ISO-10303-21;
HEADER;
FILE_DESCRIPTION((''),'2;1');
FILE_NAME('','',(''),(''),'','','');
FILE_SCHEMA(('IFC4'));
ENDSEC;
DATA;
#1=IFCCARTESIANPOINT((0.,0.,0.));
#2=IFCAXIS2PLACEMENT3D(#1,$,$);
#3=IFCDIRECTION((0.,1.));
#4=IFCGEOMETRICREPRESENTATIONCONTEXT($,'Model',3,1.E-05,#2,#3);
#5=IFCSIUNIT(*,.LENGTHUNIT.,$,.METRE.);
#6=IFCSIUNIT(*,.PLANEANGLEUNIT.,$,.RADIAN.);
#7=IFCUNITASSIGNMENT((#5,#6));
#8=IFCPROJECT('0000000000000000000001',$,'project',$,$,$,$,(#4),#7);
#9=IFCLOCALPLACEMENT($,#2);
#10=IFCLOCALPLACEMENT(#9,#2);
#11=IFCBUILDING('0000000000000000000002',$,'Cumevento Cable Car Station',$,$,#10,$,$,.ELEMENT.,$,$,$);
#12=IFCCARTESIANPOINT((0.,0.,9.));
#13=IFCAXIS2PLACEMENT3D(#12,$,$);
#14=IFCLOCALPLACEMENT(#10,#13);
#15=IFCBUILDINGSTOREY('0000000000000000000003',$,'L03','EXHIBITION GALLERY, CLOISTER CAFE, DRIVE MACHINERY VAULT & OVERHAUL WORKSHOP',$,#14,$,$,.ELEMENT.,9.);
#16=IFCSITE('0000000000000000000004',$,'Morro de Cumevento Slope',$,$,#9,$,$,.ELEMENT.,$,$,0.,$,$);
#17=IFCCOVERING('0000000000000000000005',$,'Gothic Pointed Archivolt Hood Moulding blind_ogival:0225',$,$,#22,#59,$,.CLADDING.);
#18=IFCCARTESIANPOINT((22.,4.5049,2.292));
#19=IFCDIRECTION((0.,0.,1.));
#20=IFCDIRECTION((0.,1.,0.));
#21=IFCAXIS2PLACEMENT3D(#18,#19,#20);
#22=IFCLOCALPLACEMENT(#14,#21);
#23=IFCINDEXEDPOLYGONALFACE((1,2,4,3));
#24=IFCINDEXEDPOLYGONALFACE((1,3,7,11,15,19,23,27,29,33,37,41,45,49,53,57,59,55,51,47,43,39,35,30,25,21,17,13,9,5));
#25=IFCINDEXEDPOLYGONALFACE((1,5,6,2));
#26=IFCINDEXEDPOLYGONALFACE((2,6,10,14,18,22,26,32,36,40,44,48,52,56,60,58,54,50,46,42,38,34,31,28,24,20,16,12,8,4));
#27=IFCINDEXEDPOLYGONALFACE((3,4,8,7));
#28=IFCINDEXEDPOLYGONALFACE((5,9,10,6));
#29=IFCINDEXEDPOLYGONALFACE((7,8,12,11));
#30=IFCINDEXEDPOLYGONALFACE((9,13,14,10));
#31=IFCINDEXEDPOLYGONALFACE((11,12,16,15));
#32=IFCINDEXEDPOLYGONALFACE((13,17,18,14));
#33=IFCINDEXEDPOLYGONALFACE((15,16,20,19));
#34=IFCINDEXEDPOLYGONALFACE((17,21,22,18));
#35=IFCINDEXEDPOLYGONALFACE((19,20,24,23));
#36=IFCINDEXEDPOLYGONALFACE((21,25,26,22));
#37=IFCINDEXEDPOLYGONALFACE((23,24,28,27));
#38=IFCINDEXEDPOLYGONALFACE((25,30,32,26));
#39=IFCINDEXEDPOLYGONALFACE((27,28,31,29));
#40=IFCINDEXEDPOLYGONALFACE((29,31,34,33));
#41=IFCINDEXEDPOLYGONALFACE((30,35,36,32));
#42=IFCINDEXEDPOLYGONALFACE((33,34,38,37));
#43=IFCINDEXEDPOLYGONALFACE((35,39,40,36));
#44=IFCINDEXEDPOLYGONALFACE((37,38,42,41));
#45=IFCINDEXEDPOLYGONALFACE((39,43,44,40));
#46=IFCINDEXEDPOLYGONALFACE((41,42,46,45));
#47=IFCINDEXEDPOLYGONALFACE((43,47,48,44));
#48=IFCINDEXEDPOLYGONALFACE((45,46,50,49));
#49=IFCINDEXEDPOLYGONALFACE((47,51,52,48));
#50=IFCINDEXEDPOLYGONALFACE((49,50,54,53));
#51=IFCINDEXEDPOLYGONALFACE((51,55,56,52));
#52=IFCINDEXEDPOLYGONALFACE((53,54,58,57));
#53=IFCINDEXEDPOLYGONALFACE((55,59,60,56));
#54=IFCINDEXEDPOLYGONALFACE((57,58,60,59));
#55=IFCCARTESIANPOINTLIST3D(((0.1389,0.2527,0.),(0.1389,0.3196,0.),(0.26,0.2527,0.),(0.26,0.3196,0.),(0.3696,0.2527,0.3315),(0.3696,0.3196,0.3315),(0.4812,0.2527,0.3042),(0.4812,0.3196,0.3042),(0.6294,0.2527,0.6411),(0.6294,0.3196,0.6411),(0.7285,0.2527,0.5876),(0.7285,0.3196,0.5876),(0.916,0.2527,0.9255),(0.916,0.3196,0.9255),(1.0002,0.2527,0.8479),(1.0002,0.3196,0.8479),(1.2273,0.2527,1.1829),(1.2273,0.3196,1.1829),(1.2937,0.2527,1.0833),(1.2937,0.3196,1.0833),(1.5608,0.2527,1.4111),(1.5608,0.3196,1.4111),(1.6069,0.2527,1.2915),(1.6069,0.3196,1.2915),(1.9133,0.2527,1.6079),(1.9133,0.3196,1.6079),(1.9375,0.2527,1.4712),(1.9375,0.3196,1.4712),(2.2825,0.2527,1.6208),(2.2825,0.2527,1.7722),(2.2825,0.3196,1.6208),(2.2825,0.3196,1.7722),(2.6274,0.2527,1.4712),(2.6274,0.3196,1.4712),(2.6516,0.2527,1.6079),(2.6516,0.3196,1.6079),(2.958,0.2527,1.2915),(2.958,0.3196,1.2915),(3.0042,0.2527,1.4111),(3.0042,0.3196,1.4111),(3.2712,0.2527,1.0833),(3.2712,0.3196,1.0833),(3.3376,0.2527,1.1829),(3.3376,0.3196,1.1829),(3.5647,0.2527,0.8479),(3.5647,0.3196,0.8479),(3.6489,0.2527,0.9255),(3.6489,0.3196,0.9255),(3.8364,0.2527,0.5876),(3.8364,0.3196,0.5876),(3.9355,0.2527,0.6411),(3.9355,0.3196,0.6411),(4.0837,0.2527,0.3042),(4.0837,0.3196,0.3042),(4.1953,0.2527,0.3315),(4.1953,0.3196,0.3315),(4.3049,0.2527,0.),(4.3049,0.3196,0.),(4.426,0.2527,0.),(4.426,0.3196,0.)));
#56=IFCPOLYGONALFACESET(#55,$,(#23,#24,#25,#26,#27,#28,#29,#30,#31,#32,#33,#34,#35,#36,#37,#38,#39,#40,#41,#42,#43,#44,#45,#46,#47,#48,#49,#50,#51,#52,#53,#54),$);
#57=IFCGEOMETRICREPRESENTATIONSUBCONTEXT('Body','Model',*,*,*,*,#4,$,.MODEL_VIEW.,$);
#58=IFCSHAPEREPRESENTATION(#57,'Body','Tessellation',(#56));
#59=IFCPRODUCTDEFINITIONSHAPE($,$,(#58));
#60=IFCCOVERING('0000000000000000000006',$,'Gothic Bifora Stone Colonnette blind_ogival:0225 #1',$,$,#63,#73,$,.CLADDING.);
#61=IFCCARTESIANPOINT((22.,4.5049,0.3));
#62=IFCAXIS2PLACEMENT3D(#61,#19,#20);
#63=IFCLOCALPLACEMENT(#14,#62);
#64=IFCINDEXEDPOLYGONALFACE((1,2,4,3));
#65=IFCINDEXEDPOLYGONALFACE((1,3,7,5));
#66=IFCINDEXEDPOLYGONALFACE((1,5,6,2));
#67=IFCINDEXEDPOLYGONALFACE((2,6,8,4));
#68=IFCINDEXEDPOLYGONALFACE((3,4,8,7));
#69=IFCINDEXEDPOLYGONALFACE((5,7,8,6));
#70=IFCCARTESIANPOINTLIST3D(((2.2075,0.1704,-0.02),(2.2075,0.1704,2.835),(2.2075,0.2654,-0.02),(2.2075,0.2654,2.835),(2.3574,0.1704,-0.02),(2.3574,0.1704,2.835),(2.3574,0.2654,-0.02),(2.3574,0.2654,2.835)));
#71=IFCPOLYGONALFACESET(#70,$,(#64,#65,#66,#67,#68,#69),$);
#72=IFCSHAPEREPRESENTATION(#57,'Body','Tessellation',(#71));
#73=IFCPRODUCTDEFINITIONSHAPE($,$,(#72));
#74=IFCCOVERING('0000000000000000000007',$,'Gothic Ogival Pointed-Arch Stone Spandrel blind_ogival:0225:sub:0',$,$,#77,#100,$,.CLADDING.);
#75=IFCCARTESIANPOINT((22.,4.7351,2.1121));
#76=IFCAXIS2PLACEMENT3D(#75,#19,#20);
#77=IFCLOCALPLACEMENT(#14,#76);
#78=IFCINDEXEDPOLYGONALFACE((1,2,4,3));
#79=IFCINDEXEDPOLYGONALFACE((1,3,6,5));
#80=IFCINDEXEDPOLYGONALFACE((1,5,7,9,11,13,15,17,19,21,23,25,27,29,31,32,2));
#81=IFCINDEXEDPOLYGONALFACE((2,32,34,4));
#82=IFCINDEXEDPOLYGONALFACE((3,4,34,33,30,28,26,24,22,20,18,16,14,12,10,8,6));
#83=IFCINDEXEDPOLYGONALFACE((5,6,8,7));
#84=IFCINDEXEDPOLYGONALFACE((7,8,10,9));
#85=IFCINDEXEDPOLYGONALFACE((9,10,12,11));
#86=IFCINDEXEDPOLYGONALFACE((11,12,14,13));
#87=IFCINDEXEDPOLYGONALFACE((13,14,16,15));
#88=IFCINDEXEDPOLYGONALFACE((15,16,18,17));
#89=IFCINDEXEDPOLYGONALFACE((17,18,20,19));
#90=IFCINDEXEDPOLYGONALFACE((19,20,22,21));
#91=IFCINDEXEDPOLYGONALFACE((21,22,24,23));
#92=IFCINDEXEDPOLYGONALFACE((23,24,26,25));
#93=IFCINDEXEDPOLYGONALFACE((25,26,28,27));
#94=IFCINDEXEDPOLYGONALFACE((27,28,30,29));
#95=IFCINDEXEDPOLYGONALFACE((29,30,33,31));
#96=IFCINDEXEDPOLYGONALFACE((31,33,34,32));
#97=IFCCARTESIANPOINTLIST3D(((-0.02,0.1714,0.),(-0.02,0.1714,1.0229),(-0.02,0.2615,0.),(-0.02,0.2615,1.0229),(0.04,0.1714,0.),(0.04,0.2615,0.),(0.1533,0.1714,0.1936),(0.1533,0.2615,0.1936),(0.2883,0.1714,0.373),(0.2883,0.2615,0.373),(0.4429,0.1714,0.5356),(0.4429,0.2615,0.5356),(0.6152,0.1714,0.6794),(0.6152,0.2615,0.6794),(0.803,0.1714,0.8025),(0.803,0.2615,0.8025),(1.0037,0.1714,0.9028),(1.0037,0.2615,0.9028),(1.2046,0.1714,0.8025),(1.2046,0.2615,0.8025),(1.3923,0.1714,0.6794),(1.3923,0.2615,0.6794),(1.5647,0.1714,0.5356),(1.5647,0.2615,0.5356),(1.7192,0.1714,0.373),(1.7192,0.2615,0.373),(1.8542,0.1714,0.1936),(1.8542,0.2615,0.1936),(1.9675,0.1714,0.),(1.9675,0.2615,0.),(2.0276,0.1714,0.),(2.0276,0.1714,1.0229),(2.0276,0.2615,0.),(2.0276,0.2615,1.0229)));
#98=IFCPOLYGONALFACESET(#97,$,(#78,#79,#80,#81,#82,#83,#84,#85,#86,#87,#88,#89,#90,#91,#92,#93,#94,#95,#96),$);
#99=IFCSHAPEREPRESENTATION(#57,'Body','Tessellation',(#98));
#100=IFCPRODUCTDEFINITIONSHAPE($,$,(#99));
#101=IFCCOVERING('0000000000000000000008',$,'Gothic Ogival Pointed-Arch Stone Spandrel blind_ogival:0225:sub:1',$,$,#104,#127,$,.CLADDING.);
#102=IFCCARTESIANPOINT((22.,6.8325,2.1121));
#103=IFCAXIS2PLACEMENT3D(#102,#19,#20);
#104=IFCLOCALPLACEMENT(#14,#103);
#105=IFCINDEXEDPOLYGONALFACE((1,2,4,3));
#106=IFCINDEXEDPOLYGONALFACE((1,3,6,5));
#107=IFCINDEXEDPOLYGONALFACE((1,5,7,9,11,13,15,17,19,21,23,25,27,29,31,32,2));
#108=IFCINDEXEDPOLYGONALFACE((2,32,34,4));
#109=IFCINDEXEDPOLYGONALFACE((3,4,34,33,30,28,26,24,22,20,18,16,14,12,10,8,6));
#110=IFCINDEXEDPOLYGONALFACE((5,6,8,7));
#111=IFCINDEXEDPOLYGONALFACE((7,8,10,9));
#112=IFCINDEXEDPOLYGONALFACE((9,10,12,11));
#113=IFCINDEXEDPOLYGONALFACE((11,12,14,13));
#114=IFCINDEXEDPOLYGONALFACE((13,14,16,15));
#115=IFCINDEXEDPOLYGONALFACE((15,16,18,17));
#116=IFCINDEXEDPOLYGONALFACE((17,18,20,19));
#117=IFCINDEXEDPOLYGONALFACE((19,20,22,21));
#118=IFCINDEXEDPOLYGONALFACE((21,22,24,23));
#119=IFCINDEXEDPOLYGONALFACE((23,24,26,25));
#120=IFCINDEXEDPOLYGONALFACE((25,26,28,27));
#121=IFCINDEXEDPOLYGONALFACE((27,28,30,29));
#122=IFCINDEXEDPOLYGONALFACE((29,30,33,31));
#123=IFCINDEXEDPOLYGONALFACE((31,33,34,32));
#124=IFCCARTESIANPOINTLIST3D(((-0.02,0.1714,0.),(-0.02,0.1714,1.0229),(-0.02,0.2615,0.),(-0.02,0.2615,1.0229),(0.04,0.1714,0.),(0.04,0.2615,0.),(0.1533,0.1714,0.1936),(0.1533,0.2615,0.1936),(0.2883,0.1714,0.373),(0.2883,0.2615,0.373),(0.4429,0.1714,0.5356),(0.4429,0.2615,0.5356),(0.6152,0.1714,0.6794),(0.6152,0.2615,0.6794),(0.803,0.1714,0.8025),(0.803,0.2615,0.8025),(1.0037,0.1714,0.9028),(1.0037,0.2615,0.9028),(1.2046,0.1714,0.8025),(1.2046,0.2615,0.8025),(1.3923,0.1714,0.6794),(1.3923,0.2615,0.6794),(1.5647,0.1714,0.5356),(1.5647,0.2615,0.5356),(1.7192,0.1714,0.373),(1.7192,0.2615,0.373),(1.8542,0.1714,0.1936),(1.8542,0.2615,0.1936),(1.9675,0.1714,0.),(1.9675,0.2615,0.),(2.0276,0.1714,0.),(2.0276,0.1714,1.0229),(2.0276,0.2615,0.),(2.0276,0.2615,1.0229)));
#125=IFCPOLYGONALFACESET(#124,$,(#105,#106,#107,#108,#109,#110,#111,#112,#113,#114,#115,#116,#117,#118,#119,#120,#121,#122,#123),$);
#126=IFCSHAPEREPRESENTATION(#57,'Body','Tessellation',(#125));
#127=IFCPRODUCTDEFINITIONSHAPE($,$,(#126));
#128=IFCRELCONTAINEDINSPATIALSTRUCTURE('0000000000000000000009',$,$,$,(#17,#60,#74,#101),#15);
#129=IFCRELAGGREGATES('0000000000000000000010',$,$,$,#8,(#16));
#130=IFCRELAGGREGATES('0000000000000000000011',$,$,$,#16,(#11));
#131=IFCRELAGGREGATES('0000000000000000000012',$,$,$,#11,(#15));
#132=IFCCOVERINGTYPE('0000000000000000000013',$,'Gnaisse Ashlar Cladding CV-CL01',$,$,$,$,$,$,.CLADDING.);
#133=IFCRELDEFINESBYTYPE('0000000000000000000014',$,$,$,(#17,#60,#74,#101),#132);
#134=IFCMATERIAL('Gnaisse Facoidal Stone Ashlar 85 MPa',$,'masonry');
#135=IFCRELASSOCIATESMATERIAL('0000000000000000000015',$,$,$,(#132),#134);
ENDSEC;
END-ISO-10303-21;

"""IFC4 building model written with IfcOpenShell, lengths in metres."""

from ifc_helpers import new_model, si_unit, direction, frame, origin, place, context, subcontext, project, spatial, polyline, outline, extrude, material, type_object, element, save


model = new_model("IFC4")

# Units and contexts
model_context = context("Model", 3, precision=1e-05, world=origin(), true_north=direction((0.0, 1.0)))
body_context = subcontext(model_context, "Body", "Model", "MODEL_VIEW")
ifc_project = project(units=[si_unit("LENGTHUNIT", "METRE"), si_unit("PLANEANGLEUNIT", "RADIAN")], contexts=[model_context])

# Site, building, storey
site_placement = place(None, origin())
site = spatial("IfcSite", under=ifc_project, at=site_placement, Name="Morro de Cumevento Slope", CompositionType="ELEMENT", RefElevation=0.0)
building_placement = place(site_placement, origin())
building = spatial("IfcBuilding", under=site, at=building_placement, Name="Cumevento Cable Car Station", CompositionType="ELEMENT")
storey_placement = place(building_placement, frame((0.0, 0.0, 9.0)))
storey = spatial("IfcBuildingStorey", under=building, at=storey_placement, Name="L03", Description="EXHIBITION GALLERY, CLOISTER CAFE, DRIVE MACHINERY VAULT & OVERHAUL WORKSHOP", CompositionType="ELEMENT", Elevation=9.0)

# Coverings
ifc_material_1 = material(Name="Gnaisse Facoidal Stone Ashlar 85 MPa", Category="masonry")
covering_type = type_object("IfcCoveringType", Name="Gnaisse Ashlar Cladding CV-CL01", PredefinedType="CLADDING", material=ifc_material_1)
placement_1 = place(storey_placement, frame((22.0, 4.5049, 0.3), z_axis=(0.0, 0.0, 1.0), x_axis=(0.0, 1.0, 0.0)))
covering_1_placement = place(storey_placement, frame((22.0, 4.5049, 2.292), z_axis=(0.0, 0.0, 1.0), x_axis=(0.0, 1.0, 0.0)))
element("IfcCovering", 1, at=covering_1_placement, inside=storey, type_object=covering_type, Name="Gothic Pointed Archivolt Hood Moulding blind_ogival:0225", PredefinedType="CLADDING", context=body_context, shape_type="SweptSolid", body=[
    extrude(outline(polyline([(0.26, 0.0), (0.4812, 0.3042), (0.7285, 0.5876), (1.0002, 0.8479), (1.2937, 1.0833), (1.6069, 1.2915), (1.9375, 1.4712), (2.2825, 1.6208), (2.6274, 1.4712), (2.958, 1.2915), (3.2712, 1.0833), (3.5647, 0.8479), (3.8364, 0.5876), (4.0837, 0.3042), (4.3049, 0.0), (4.426, 0.0), (4.1953, 0.3315), (3.9355, 0.6411), (3.6489, 0.9255), (3.3376, 1.1829), (3.0042, 1.4111), (2.6516, 1.6079), (2.2825, 1.7722), (1.9133, 1.6079), (1.5608, 1.4111), (1.2273, 1.1829), (0.916, 0.9255), (0.6294, 0.6411), (0.3696, 0.3315), (0.1389, 0.0), (0.26, 0.0)])), frame((0.0, 0.3196, 0.0), z_axis=(0.0, -1.0, 0.0), x_axis=(1.0, 0.0, 0.0)), (0.0, 0.0, 1.0), 0.0669),
])
element("IfcCovering", 2, at=placement_1, inside=storey, type_object=covering_type, Name="Gothic Bifora Stone Colonnette blind_ogival:0225 #1", PredefinedType="CLADDING", context=body_context, shape_type="SweptSolid", body=[
    extrude(outline(polyline([(2.2075, -0.02), (2.3574, -0.02), (2.3574, 2.835), (2.2075, 2.835), (2.2075, -0.02)])), frame((0.0, 0.2654, 0.0), z_axis=(0.0, -1.0, 0.0), x_axis=(1.0, 0.0, 0.0)), (0.0, 0.0, 1.0), 0.095),
])
for number, where, z_axis, x_axis, name in (
    (3, (22.0, 4.7351, 2.1121), (0.0, 0.0, 1.0), (0.0, 1.0, 0.0), "Gothic Ogival Pointed-Arch Stone Spandrel blind_ogival:0225:sub:0"),
    (4, (22.0, 6.8325, 2.1121), (0.0, 0.0, 1.0), (0.0, 1.0, 0.0), "Gothic Ogival Pointed-Arch Stone Spandrel blind_ogival:0225:sub:1"),
):
    element("IfcCovering", number, at=place(storey_placement, frame(where, z_axis=z_axis, x_axis=x_axis)), inside=storey, type_object=covering_type, Name=name, PredefinedType="CLADDING", context=body_context, shape_type="SweptSolid", body=[
        extrude(outline(polyline([(-0.02, 0.0), (-0.02, 1.0229), (2.0276, 1.0229), (2.0276, 0.0), (1.9675, 0.0), (1.8542, 0.1936), (1.7192, 0.373), (1.5647, 0.5356), (1.3923, 0.6794), (1.2046, 0.8025), (1.0037, 0.9028), (0.803, 0.8025), (0.6152, 0.6794), (0.4429, 0.5356), (0.2883, 0.373), (0.1533, 0.1936), (0.04, 0.0), (-0.02, 0.0)])), frame((0.0, 0.2615, 0.0), z_axis=(0.0, -1.0, 0.0), x_axis=(1.0, 0.0, 0.0)), (0.0, 0.0, 1.0), 0.0901),
    ])

save(model, "model.ifc")
